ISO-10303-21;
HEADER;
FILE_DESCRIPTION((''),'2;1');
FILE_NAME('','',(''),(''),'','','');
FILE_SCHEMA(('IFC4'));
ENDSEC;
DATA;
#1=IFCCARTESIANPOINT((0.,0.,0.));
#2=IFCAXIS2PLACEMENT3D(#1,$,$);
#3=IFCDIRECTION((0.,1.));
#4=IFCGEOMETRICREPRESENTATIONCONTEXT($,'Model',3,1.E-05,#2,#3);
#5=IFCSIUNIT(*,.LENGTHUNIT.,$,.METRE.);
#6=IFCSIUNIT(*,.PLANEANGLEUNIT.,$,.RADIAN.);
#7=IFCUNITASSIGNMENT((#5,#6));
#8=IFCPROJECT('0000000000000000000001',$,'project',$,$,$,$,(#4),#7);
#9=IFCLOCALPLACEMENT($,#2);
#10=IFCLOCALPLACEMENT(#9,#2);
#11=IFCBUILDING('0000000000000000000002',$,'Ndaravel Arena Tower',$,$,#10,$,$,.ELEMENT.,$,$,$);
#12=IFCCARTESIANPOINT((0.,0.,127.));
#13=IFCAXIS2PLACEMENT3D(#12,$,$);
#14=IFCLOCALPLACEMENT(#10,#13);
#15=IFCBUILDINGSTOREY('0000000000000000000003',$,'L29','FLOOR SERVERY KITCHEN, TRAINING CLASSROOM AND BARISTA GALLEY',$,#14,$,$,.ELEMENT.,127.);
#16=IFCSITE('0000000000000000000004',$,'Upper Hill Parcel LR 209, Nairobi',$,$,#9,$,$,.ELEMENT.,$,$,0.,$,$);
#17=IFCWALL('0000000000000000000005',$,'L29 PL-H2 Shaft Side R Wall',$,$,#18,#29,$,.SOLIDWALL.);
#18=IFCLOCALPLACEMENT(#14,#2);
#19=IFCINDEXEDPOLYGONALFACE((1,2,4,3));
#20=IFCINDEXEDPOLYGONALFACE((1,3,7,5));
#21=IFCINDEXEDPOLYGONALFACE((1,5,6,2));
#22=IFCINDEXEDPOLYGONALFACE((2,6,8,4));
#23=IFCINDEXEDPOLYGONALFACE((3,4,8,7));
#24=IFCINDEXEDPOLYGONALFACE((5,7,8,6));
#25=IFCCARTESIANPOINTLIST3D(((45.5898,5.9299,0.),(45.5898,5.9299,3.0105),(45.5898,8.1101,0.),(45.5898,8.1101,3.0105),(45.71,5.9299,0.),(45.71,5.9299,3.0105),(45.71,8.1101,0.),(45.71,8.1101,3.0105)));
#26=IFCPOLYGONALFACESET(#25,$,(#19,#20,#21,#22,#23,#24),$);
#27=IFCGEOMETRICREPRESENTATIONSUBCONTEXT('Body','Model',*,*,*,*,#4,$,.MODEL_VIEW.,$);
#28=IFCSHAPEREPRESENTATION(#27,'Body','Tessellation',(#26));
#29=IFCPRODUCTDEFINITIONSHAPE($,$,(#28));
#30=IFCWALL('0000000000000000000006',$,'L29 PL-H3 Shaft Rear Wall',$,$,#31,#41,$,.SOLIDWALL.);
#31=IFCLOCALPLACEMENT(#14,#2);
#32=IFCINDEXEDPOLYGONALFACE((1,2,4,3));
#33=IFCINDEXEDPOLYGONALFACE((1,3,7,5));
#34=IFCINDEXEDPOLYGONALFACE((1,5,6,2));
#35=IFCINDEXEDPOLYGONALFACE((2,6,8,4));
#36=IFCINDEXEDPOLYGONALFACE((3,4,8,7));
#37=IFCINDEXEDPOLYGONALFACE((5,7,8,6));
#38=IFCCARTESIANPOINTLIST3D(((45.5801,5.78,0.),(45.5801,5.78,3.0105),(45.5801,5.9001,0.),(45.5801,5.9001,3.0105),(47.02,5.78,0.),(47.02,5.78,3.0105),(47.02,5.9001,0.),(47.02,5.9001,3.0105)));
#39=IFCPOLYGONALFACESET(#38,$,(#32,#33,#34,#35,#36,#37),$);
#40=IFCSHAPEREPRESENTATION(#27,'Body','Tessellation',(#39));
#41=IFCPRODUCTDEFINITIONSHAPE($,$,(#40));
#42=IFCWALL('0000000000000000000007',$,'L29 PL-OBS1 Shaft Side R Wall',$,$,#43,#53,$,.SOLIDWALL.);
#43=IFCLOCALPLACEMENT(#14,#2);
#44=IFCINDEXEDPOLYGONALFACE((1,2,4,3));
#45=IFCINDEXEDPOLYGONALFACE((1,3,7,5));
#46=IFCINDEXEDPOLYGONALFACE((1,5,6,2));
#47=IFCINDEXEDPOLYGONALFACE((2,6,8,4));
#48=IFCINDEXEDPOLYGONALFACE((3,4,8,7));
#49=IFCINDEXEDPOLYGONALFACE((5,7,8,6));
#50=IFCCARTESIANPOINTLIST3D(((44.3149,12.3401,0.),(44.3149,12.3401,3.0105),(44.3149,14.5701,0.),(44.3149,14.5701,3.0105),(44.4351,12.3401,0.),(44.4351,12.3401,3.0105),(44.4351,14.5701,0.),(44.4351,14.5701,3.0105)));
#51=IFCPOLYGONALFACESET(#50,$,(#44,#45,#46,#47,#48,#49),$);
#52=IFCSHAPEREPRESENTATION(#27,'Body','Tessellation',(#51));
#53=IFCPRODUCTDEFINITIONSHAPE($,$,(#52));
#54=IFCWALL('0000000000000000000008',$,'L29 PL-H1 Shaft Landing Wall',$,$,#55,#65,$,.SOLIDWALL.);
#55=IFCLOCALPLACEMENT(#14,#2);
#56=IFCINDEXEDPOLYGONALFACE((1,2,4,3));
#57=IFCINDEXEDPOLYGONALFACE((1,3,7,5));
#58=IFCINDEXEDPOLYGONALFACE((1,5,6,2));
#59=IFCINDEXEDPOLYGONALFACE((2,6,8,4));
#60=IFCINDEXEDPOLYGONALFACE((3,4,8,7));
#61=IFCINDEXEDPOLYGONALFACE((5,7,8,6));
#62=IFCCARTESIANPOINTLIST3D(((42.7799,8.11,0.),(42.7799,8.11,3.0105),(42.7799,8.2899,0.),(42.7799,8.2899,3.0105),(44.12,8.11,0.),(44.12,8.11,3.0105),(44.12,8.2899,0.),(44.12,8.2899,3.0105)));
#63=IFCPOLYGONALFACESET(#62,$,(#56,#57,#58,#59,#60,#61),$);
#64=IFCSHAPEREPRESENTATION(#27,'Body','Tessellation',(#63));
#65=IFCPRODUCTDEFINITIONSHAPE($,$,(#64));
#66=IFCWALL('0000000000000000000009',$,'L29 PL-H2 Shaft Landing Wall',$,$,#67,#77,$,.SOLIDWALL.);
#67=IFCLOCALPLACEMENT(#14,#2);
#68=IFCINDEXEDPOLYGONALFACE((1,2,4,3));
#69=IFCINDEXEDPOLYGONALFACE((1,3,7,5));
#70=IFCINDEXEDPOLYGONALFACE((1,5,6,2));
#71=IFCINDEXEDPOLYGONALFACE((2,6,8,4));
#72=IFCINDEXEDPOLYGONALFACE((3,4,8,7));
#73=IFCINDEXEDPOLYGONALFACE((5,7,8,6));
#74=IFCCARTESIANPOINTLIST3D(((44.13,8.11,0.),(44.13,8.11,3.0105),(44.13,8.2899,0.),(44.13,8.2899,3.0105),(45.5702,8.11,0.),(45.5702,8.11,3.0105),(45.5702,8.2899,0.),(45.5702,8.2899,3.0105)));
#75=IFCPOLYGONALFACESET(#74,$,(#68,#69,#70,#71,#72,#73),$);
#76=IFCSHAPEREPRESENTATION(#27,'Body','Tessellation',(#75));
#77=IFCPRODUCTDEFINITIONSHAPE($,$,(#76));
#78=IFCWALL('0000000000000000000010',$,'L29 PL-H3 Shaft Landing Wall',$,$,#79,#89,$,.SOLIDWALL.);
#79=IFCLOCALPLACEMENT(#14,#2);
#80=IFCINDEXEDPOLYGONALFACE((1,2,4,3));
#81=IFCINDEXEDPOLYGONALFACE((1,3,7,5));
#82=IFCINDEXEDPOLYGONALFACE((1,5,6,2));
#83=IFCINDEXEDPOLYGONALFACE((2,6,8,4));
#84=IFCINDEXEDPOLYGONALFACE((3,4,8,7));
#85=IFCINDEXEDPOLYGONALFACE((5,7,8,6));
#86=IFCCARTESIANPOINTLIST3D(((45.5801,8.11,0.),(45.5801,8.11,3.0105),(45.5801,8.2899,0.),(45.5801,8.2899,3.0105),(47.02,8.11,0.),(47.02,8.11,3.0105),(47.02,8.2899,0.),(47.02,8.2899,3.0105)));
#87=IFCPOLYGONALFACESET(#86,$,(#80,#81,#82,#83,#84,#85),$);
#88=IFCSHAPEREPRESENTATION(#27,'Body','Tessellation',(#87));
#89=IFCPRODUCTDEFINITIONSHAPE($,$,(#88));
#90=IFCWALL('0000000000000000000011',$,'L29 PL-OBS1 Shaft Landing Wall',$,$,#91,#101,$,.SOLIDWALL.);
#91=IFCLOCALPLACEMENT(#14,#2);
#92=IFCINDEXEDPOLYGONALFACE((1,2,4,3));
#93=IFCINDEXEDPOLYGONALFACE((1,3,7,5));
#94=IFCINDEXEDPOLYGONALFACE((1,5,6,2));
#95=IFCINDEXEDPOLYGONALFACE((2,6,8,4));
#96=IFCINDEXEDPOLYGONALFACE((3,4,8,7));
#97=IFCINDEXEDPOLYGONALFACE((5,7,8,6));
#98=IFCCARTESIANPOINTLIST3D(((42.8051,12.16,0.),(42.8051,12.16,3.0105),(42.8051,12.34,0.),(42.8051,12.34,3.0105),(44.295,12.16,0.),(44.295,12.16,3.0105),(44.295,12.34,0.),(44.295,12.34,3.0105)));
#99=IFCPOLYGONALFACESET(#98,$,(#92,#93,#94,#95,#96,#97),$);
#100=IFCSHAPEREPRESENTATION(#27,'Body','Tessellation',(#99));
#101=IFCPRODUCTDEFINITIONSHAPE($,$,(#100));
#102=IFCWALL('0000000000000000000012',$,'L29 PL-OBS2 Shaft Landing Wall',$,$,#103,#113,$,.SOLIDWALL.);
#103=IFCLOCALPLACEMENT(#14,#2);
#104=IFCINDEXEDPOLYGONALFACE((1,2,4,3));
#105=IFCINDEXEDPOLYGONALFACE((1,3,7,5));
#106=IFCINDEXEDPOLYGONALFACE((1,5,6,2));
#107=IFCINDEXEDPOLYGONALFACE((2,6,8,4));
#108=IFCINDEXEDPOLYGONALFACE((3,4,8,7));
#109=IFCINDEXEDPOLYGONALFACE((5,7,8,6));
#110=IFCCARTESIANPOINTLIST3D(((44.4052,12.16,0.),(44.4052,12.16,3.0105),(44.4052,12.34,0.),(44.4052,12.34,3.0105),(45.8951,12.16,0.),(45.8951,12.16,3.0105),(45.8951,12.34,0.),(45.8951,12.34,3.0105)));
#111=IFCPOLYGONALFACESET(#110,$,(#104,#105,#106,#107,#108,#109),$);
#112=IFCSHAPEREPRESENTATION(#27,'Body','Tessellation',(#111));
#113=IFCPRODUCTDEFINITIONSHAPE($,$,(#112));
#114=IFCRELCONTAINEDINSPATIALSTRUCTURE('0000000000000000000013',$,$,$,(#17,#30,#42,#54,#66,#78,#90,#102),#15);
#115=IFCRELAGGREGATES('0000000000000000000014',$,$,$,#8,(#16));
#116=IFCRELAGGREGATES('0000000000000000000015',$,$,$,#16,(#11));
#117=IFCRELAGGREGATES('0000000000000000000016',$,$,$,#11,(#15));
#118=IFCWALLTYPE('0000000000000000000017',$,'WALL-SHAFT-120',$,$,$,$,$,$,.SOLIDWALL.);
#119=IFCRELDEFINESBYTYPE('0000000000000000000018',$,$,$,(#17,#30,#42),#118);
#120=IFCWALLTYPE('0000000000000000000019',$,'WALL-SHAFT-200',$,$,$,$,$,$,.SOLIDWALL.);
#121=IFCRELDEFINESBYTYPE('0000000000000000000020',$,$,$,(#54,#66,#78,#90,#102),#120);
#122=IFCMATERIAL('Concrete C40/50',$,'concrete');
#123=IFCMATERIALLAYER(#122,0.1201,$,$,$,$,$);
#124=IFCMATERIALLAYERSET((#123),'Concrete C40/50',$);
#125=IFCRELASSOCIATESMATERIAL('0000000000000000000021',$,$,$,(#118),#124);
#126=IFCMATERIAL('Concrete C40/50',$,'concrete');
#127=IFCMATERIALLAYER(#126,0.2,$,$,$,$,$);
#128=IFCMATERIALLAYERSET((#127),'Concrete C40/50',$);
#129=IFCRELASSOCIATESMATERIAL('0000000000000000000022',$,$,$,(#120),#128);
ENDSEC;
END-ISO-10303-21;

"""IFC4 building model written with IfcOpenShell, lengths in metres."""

from ifc_helpers import new_model, si_unit, direction, frame, frame_2d, origin, place, context, subcontext, project, spatial, rectangle, extrude, material, layer, layer_set, type_object, element, save


model = new_model("IFC4")

# Units and contexts
model_context = context("Model", 3, precision=1e-05, world=origin(), true_north=direction((0.0, 1.0)))
body_context = subcontext(model_context, "Body", "Model", "MODEL_VIEW")
ifc_project = project(units=[si_unit("LENGTHUNIT", "METRE"), si_unit("PLANEANGLEUNIT", "RADIAN")], contexts=[model_context])

# Site, building, storey
site_placement = place(None, origin())
site = spatial("IfcSite", under=ifc_project, at=site_placement, Name="Upper Hill Parcel LR 209, Nairobi", CompositionType="ELEMENT", RefElevation=0.0)
building_placement = place(site_placement, origin())
building = spatial("IfcBuilding", under=site, at=building_placement, Name="Ndaravel Arena Tower", CompositionType="ELEMENT")
storey_placement = place(building_placement, frame((0.0, 0.0, 127.0)))
storey = spatial("IfcBuildingStorey", under=building, at=storey_placement, Name="L29", Description="FLOOR SERVERY KITCHEN, TRAINING CLASSROOM AND BARISTA GALLEY", CompositionType="ELEMENT", Elevation=127.0)

# Walls
ifc_material_1 = material(Name="Concrete C40/50", Category="concrete")
ifc_layer_1 = layer(ifc_material_1, 0.1201)
ifc_layer_set_1 = layer_set([ifc_layer_1], Name="Concrete C40/50")
wall_type_1 = type_object("IfcWallType", Name="WALL-SHAFT-120", PredefinedType="SOLIDWALL", material=ifc_layer_set_1)
wall_1_placement = place(storey_placement, frame((45.6499, 5.9299, 0.0), z_axis=(0.0, 0.0, 1.0), x_axis=(0.0, 1.0, 0.0)))
element("IfcWall", 1, at=wall_1_placement, inside=storey, type_object=wall_type_1, Name="L29 PL-H2 Shaft Side R Wall", PredefinedType="SOLIDWALL", context=body_context, shape_type="SweptSolid", body=[
    extrude(rectangle(XDim=2.1802, YDim=0.1201, at=frame_2d((1.0901, 0.0))), origin(), (0.0, 0.0, 1.0), 3.0105),
])
wall_2_placement = place(storey_placement, frame((45.5801, 5.8401, 0.0), z_axis=(0.0, 0.0, 1.0), x_axis=(1.0, 0.0, 0.0)))
element("IfcWall", 2, at=wall_2_placement, inside=storey, type_object=wall_type_1, Name="L29 PL-H3 Shaft Rear Wall", PredefinedType="SOLIDWALL", context=body_context, shape_type="SweptSolid", body=[
    extrude(rectangle(XDim=1.4399, YDim=0.1201, at=frame_2d((0.72, 0.0))), origin(), (0.0, 0.0, 1.0), 3.0105),
])
wall_3_placement = place(storey_placement, frame((44.375, 12.3401, 0.0), z_axis=(0.0, 0.0, 1.0), x_axis=(0.0, 1.0, 0.0)))
element("IfcWall", 3, at=wall_3_placement, inside=storey, type_object=wall_type_1, Name="L29 PL-OBS1 Shaft Side R Wall", PredefinedType="SOLIDWALL", context=body_context, shape_type="SweptSolid", body=[
    extrude(rectangle(XDim=2.23, YDim=0.1201, at=frame_2d((1.115, 0.0))), origin(), (0.0, 0.0, 1.0), 3.0105),
])
ifc_material_2 = material(Name="Concrete C40/50", Category="concrete")
ifc_layer_2 = layer(ifc_material_2, 0.2)
ifc_layer_set_2 = layer_set([ifc_layer_2], Name="Concrete C40/50")
wall_type_2 = type_object("IfcWallType", Name="WALL-SHAFT-200", PredefinedType="SOLIDWALL", material=ifc_layer_set_2)
wall_4_placement = place(storey_placement, frame((42.78, 8.2, 0.0), z_axis=(0.0, 0.0, 1.0), x_axis=(1.0, 0.0, 0.0)))
element("IfcWall", 4, at=wall_4_placement, inside=storey, type_object=wall_type_2, Name="L29 PL-H1 Shaft Landing Wall", PredefinedType="SOLIDWALL", context=body_context, shape_type="SweptSolid", body=[
    extrude(rectangle(XDim=1.3401, YDim=0.1799, at=frame_2d((0.6699, 0.0))), origin(), (0.0, 0.0, 1.0), 3.0105),
])
wall_5_placement = place(storey_placement, frame((44.1299, 8.2, 0.0), z_axis=(0.0, 0.0, 1.0), x_axis=(1.0, 0.0, 0.0)))
element("IfcWall", 5, at=wall_5_placement, inside=storey, type_object=wall_type_2, Name="L29 PL-H2 Shaft Landing Wall", PredefinedType="SOLIDWALL", context=body_context, shape_type="SweptSolid", body=[
    extrude(rectangle(XDim=1.4402, YDim=0.1799, at=frame_2d((0.7202, 0.0))), origin(), (0.0, 0.0, 1.0), 3.0105),
])
wall_6_placement = place(storey_placement, frame((45.5801, 8.2, 0.0), z_axis=(0.0, 0.0, 1.0), x_axis=(1.0, 0.0, 0.0)))
element("IfcWall", 6, at=wall_6_placement, inside=storey, type_object=wall_type_2, Name="L29 PL-H3 Shaft Landing Wall", PredefinedType="SOLIDWALL", context=body_context, shape_type="SweptSolid", body=[
    extrude(rectangle(XDim=1.4399, YDim=0.1799, at=frame_2d((0.72, 0.0))), origin(), (0.0, 0.0, 1.0), 3.0105),
])
for number, where, z_axis, x_axis, name in (
    (7, (42.8049, 12.25, 0.0), (0.0, 0.0, 1.0), (1.0, 0.0, 0.0), "L29 PL-OBS1 Shaft Landing Wall"),
    (8, (44.405, 12.25, 0.0), (0.0, 0.0, 1.0), (1.0, 0.0, 0.0), "L29 PL-OBS2 Shaft Landing Wall"),
):
    element("IfcWall", number, at=place(storey_placement, frame(where, z_axis=z_axis, x_axis=x_axis)), inside=storey, type_object=wall_type_2, Name=name, PredefinedType="SOLIDWALL", context=body_context, shape_type="SweptSolid", body=[
        extrude(rectangle(XDim=1.49, YDim=0.1799, at=frame_2d((0.7451, 0.0))), origin(), (0.0, 0.0, 1.0), 3.0105),
    ])

save(model, "model.ifc")
